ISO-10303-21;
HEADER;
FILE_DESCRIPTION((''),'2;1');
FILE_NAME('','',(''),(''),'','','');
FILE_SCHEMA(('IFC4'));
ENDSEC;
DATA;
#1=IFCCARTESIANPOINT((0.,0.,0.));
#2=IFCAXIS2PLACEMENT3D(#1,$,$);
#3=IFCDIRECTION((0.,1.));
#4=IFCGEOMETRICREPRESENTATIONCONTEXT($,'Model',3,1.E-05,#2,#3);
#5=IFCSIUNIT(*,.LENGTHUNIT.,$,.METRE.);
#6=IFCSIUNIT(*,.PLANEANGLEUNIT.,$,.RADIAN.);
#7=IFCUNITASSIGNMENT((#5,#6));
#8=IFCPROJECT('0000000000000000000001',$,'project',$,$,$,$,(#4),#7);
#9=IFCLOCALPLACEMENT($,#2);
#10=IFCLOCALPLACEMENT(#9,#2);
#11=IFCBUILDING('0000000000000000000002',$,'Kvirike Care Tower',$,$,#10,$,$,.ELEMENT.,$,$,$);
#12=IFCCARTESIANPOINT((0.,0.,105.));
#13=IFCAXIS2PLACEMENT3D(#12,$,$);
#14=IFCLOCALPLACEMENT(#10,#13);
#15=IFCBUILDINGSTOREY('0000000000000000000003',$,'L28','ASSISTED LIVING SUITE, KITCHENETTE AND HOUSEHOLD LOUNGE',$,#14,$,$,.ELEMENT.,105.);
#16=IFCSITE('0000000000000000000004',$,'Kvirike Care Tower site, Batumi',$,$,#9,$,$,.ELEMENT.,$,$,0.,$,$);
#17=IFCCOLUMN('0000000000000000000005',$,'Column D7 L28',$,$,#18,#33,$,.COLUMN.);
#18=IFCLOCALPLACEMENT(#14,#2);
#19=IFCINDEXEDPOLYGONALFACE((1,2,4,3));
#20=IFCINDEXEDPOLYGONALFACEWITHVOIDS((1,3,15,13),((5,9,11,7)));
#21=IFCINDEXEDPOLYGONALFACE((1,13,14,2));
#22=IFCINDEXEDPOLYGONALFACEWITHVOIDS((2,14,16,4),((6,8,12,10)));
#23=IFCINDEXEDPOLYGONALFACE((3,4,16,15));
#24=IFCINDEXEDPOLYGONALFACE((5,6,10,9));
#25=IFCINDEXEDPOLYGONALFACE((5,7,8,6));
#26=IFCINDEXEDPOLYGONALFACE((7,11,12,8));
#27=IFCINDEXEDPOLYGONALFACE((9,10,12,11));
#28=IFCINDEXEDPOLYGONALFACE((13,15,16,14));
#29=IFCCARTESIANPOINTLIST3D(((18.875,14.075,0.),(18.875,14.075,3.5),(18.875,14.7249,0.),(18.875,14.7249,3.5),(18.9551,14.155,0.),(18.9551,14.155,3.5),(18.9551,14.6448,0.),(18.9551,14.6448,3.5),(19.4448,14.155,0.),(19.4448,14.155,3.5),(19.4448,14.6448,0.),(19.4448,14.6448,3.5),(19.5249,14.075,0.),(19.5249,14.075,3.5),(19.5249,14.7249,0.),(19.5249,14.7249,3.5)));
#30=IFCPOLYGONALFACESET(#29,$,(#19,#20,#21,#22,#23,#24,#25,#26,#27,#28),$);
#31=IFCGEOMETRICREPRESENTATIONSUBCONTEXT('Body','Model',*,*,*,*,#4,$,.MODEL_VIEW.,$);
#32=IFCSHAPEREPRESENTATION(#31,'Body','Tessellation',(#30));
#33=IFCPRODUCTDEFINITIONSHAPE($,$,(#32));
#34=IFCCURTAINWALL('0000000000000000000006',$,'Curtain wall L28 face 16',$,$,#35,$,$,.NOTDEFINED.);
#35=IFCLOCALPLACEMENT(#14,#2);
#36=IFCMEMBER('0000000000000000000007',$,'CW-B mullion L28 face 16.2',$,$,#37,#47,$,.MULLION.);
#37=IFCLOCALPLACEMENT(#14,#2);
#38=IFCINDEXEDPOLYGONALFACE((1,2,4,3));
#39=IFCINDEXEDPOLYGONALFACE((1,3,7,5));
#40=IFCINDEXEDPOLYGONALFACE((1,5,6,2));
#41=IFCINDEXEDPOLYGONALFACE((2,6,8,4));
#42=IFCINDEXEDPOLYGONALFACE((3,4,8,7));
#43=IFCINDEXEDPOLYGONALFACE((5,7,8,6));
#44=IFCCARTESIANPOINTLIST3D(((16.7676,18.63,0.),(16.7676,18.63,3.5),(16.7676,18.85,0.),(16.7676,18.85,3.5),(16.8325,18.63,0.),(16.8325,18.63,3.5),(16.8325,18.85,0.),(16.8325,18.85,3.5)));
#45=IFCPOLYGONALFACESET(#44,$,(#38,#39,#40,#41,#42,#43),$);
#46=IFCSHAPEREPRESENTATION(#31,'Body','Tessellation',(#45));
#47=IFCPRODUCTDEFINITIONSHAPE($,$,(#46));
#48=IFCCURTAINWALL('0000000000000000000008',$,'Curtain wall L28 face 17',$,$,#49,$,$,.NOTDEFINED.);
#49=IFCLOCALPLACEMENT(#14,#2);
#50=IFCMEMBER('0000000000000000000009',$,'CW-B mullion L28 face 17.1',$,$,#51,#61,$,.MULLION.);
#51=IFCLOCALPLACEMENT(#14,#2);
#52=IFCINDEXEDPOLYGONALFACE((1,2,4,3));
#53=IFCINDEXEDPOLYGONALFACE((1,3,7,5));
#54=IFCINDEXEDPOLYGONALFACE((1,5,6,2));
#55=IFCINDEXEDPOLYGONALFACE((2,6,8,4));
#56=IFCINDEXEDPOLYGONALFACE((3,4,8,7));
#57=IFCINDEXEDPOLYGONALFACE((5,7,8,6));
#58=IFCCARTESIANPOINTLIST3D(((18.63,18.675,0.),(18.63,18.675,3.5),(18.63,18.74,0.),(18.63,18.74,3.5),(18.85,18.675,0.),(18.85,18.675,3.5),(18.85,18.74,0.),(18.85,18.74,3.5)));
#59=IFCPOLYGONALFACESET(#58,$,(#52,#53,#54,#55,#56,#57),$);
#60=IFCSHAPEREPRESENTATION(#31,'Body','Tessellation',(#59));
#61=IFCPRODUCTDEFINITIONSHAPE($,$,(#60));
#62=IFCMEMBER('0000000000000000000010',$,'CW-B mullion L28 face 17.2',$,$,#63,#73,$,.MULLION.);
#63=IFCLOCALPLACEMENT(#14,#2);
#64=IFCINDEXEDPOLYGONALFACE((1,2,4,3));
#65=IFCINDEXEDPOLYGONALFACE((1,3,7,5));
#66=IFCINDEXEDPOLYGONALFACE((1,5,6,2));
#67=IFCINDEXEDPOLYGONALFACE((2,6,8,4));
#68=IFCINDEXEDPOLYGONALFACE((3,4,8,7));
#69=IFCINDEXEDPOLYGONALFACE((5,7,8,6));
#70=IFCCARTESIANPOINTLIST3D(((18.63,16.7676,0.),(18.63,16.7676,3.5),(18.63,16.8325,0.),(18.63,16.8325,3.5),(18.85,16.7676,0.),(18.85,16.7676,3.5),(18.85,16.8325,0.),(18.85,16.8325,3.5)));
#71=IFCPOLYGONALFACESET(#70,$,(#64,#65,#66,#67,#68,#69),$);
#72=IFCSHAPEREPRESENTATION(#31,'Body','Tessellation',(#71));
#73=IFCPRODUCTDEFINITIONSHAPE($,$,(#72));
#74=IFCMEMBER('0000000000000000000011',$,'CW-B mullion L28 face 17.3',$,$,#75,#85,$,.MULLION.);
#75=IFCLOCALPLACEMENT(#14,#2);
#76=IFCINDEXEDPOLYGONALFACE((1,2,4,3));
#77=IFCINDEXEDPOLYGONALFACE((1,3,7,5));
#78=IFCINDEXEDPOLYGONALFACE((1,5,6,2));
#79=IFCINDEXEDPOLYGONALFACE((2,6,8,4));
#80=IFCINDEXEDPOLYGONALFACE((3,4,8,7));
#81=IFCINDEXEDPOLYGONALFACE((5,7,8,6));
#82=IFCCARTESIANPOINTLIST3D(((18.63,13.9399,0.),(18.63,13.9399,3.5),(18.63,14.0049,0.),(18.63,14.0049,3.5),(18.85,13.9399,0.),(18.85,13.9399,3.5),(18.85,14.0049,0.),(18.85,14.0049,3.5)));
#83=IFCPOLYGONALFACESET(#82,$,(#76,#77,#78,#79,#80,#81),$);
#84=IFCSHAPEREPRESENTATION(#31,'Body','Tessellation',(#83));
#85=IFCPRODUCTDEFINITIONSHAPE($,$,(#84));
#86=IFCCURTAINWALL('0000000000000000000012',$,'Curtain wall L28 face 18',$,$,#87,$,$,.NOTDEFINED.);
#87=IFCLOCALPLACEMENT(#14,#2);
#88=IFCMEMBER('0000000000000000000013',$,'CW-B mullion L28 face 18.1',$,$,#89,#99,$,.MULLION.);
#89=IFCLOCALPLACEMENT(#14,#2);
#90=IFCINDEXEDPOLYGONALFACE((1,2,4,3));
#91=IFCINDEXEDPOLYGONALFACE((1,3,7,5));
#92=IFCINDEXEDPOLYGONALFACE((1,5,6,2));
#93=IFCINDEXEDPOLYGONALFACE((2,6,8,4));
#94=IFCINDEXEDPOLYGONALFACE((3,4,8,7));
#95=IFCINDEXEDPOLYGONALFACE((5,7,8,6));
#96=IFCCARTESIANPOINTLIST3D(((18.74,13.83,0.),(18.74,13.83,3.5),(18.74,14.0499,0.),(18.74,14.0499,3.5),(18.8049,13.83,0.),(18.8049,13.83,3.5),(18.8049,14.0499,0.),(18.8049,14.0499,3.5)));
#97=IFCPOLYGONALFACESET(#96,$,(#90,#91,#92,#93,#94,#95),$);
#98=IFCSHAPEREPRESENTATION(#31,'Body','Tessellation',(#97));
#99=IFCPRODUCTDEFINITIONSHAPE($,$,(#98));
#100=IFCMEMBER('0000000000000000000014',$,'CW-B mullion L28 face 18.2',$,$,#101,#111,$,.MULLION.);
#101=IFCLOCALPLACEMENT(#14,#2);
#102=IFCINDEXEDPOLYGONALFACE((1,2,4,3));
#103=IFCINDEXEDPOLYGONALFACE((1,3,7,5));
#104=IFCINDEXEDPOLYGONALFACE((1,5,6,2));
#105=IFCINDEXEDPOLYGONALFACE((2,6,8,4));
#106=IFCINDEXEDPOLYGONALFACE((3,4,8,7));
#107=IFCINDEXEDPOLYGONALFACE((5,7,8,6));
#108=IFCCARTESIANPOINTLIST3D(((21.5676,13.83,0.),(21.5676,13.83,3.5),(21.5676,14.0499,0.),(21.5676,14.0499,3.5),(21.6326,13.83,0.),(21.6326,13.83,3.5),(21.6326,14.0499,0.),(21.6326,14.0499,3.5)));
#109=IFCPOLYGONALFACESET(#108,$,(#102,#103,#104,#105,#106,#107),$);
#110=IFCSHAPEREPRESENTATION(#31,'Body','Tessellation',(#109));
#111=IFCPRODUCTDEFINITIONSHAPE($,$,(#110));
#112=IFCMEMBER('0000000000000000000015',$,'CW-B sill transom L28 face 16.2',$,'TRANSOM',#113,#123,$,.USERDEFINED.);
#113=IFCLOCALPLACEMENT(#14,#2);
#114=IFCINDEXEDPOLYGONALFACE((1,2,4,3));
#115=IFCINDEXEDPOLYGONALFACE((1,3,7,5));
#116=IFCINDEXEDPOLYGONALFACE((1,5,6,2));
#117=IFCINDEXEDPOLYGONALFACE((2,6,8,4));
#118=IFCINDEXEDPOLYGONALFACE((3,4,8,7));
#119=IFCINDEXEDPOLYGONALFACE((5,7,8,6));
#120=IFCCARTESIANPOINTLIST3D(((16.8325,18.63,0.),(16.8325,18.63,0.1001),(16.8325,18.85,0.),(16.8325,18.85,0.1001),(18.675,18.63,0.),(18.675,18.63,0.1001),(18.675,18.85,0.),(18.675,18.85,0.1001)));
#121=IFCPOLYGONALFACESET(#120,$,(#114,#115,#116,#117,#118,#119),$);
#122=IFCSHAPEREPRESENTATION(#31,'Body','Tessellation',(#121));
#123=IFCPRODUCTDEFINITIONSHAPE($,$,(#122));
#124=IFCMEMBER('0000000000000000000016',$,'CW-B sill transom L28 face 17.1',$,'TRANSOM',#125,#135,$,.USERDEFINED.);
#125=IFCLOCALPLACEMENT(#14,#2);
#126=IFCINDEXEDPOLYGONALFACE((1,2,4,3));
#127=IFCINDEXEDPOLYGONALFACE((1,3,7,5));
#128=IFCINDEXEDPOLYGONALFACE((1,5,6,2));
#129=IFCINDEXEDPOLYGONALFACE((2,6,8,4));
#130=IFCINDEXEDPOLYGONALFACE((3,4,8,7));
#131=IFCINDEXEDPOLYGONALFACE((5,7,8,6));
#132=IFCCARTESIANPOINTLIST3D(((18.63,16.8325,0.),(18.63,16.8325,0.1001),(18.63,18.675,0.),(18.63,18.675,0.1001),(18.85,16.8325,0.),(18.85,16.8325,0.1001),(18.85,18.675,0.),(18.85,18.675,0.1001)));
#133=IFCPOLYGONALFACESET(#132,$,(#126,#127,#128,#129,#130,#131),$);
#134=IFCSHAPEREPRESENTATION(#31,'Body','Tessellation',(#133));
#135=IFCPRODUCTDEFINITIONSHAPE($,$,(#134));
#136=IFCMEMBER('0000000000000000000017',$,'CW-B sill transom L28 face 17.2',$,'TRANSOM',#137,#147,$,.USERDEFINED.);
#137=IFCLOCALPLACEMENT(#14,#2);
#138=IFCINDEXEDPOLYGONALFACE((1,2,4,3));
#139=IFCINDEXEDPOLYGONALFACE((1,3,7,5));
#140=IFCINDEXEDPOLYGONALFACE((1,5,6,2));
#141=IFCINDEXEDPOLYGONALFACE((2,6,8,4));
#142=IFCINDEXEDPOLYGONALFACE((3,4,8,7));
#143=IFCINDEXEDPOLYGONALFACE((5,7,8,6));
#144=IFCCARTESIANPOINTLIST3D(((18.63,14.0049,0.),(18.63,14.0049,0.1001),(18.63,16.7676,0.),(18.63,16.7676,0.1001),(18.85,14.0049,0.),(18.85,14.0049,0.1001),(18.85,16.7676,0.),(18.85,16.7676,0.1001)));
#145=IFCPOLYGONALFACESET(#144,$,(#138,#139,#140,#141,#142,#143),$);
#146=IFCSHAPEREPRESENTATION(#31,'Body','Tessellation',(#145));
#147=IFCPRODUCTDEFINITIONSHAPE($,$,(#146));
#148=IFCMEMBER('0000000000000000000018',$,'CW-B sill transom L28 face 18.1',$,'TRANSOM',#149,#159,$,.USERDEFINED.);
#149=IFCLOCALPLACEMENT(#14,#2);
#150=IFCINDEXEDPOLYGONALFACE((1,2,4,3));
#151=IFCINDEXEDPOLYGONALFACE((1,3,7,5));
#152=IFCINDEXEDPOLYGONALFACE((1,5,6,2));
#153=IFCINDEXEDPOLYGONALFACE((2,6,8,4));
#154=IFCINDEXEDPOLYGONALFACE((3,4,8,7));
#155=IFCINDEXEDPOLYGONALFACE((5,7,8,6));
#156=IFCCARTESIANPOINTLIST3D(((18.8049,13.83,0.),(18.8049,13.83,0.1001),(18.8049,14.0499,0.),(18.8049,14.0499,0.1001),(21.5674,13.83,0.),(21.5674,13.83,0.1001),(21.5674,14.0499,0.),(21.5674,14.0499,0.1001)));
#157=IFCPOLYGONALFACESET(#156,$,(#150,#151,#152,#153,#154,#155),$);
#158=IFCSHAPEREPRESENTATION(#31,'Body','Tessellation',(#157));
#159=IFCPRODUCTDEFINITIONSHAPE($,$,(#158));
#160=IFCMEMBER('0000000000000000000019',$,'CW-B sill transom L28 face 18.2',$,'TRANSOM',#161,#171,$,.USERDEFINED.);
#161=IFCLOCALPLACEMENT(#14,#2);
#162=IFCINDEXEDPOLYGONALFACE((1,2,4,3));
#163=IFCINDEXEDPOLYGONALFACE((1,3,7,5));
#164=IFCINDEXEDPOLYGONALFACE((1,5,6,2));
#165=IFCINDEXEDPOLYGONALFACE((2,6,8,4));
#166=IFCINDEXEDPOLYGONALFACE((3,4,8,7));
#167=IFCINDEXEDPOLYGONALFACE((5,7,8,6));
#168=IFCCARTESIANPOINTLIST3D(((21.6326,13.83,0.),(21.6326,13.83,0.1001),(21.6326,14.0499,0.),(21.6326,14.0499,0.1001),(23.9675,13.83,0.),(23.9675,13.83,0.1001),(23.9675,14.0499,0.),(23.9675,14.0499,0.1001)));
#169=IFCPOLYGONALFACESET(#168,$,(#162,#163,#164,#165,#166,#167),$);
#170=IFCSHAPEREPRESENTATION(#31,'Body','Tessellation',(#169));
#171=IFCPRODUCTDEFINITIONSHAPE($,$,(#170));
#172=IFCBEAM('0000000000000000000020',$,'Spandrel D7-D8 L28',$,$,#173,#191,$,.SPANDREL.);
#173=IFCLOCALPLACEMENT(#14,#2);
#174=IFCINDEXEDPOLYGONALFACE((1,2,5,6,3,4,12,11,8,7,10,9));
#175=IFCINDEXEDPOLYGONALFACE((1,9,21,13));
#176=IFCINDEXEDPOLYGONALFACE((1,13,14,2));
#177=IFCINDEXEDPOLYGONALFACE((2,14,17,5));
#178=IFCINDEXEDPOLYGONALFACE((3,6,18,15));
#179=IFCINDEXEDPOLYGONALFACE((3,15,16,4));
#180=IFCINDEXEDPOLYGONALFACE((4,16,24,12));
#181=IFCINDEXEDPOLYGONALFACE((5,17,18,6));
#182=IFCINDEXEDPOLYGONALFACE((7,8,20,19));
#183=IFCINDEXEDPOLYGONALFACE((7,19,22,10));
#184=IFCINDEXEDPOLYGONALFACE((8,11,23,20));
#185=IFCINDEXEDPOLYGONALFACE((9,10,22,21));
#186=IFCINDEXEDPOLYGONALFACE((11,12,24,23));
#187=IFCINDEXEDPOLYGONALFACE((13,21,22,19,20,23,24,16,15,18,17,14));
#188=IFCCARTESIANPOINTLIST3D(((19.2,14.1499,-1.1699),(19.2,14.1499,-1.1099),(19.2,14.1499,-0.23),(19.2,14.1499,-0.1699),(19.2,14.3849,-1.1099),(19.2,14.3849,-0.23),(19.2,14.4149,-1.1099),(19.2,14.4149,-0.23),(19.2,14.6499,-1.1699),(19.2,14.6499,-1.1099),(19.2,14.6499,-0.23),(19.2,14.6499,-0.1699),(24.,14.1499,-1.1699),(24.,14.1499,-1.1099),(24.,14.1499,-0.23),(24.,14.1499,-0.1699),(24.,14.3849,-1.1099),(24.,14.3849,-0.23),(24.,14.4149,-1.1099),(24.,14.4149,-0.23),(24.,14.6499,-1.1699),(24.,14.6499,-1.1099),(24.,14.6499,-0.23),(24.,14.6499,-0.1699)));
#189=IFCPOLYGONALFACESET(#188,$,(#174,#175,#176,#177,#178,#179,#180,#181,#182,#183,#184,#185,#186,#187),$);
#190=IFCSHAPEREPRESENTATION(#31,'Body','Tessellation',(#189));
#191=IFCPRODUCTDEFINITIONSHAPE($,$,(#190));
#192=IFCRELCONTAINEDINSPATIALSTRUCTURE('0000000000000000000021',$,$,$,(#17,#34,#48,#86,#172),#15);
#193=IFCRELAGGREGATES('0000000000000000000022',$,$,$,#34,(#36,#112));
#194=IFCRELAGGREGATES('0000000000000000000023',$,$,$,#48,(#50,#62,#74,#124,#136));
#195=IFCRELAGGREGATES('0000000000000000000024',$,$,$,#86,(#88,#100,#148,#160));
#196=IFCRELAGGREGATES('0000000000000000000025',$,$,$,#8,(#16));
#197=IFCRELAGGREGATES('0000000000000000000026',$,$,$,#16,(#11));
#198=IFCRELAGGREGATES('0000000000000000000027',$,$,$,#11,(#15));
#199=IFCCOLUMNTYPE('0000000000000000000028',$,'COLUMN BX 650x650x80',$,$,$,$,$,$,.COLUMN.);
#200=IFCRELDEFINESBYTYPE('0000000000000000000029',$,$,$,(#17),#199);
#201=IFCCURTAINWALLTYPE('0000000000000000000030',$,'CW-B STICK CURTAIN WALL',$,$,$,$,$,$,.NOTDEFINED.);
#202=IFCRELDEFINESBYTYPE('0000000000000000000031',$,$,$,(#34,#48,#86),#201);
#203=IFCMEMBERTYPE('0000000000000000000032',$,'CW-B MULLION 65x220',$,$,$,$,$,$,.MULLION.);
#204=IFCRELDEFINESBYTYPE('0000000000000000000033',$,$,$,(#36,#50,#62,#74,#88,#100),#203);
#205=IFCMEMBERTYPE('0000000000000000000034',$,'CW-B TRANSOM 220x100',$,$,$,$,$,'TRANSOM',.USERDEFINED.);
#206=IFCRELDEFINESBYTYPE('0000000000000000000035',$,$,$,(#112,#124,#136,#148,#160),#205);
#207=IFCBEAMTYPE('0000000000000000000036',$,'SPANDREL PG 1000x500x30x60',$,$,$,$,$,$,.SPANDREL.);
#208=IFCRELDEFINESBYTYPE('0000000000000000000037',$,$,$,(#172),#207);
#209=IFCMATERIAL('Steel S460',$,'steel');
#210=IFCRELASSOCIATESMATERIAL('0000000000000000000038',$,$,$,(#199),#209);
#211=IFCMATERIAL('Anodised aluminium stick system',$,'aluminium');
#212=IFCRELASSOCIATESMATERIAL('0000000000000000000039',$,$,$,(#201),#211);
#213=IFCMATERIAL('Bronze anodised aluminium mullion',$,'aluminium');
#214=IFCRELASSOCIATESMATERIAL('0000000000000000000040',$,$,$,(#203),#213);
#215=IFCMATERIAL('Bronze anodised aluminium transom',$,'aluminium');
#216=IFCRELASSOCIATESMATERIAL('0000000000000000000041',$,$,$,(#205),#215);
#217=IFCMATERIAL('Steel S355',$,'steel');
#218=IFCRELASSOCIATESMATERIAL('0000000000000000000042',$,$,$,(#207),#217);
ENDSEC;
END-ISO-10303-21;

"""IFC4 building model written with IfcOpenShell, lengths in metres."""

from ifc_helpers import new_model, si_unit, direction, frame, origin, origin_2d, place, context, subcontext, project, spatial, rectangle, hollow_rectangle, i_section, extrude, material, material_profile, profile_set, type_object, element, aggregate, save


model = new_model("IFC4")

# Units and contexts
model_context = context("Model", 3, precision=1e-05, world=origin(), true_north=direction((0.0, 1.0)))
body_context = subcontext(model_context, "Body", "Model", "MODEL_VIEW")
ifc_project = project(units=[si_unit("LENGTHUNIT", "METRE"), si_unit("PLANEANGLEUNIT", "RADIAN")], contexts=[model_context])

# Site, building, storey
site_placement = place(None, origin())
site = spatial("IfcSite", under=ifc_project, at=site_placement, Name="Kvirike Care Tower site, Batumi", CompositionType="ELEMENT", RefElevation=0.0)
building_placement = place(site_placement, origin())
building = spatial("IfcBuilding", under=site, at=building_placement, Name="Kvirike Care Tower", CompositionType="ELEMENT")
storey_placement = place(building_placement, frame((0.0, 0.0, 105.0)))
storey = spatial("IfcBuildingStorey", under=building, at=storey_placement, Name="L28", Description="ASSISTED LIVING SUITE, KITCHENETTE AND HOUSEHOLD LOUNGE", CompositionType="ELEMENT", Elevation=105.0)

# Column
ifc_material_1 = material(Name="Steel S460", Category="steel")
ifc_material_profile_1 = material_profile(ifc_material_1, hollow_rectangle(XDim=0.6499, YDim=0.6499, WallThickness=0.0801, at=origin_2d()), Name="BX 650x650x80")
ifc_profile_set_1 = profile_set([ifc_material_profile_1], Name="Steel S460")
column_type = type_object("IfcColumnType", Name="COLUMN BX 650x650x80", PredefinedType="COLUMN", material=ifc_profile_set_1)
column_placement = place(storey_placement, frame((19.2, 14.3999, 0.0), z_axis=(0.0, 0.0, 1.0), x_axis=(0.0, 1.0, 0.0)))
element("IfcColumn", 1, at=column_placement, inside=storey, type_object=column_type, Name="Column D7 L28", PredefinedType="COLUMN", context=body_context, shape_type="SweptSolid", body=[
    extrude(hollow_rectangle(XDim=0.6499, YDim=0.6499, WallThickness=0.0801, at=origin_2d()), origin(), (0.0, 0.0, 1.0), 3.5),
])

# Curtain wall, member
ifc_material_2 = material(Name="Anodised aluminium stick system", Category="aluminium")
curtain_wall_type = type_object("IfcCurtainWallType", Name="CW-B STICK CURTAIN WALL", PredefinedType="NOTDEFINED", material=ifc_material_2)
curtain_wall_1_placement = place(storey_placement, origin())
curtain_wall_1 = element("IfcCurtainWall", 2, at=curtain_wall_1_placement, inside=storey, type_object=curtain_wall_type, Name="Curtain wall L28 face 16", PredefinedType="NOTDEFINED")
ifc_material_3 = material(Name="Bronze anodised aluminium mullion", Category="aluminium")
ifc_material_profile_2 = material_profile(ifc_material_3, rectangle(XDim=0.0649, YDim=0.22, at=origin_2d()), Name="CW-B MULLION 65x220")
ifc_profile_set_2 = profile_set([ifc_material_profile_2], Name="Bronze anodised aluminium mullion")
member_type_1 = type_object("IfcMemberType", Name="CW-B MULLION 65x220", PredefinedType="MULLION", material=ifc_profile_set_2)
member_1_placement = place(storey_placement, frame((16.8, 18.74, 0.0), z_axis=(0.0, 0.0, 1.0), x_axis=(1.0, 0.0, 0.0)))
member_1 = element("IfcMember", 3, at=member_1_placement, type_object=member_type_1, Name="CW-B mullion L28 face 16.2", PredefinedType="MULLION", context=body_context, shape_type="SweptSolid", body=[
    extrude(rectangle(XDim=0.0649, YDim=0.22, at=origin_2d()), origin(), (0.0, 0.0, 1.0), 3.5),
])

# Curtain walls, members
curtain_wall_2_placement = place(storey_placement, origin())
curtain_wall_2 = element("IfcCurtainWall", 4, at=curtain_wall_2_placement, inside=storey, type_object=curtain_wall_type, Name="Curtain wall L28 face 17", PredefinedType="NOTDEFINED")
member_2_placement = place(storey_placement, frame((18.74, 18.7075, 0.0), z_axis=(0.0, 0.0, 1.0), x_axis=(0.0, -1.0, 0.0)))
member_2 = element("IfcMember", 5, at=member_2_placement, type_object=member_type_1, Name="CW-B mullion L28 face 17.1", PredefinedType="MULLION", context=body_context, shape_type="SweptSolid", body=[
    extrude(rectangle(XDim=0.0649, YDim=0.22, at=origin_2d()), origin(), (0.0, 0.0, 1.0), 3.5),
])
member_3_placement = place(storey_placement, frame((18.74, 16.8, 0.0), z_axis=(0.0, 0.0, 1.0), x_axis=(0.0, -1.0, 0.0)))
member_3 = element("IfcMember", 6, at=member_3_placement, type_object=member_type_1, Name="CW-B mullion L28 face 17.2", PredefinedType="MULLION", context=body_context, shape_type="SweptSolid", body=[
    extrude(rectangle(XDim=0.0649, YDim=0.22, at=origin_2d()), origin(), (0.0, 0.0, 1.0), 3.5),
])
member_4_placement = place(storey_placement, frame((18.74, 13.9724, 0.0), z_axis=(0.0, 0.0, 1.0), x_axis=(0.0, -1.0, 0.0)))
member_4 = element("IfcMember", 7, at=member_4_placement, type_object=member_type_1, Name="CW-B mullion L28 face 17.3", PredefinedType="MULLION", context=body_context, shape_type="SweptSolid", body=[
    extrude(rectangle(XDim=0.0649, YDim=0.22, at=origin_2d()), origin(), (0.0, 0.0, 1.0), 3.5),
])
curtain_wall_3_placement = place(storey_placement, origin())
curtain_wall_3 = element("IfcCurtainWall", 8, at=curtain_wall_3_placement, inside=storey, type_object=curtain_wall_type, Name="Curtain wall L28 face 18", PredefinedType="NOTDEFINED")
member_5_placement = place(storey_placement, frame((18.7725, 13.9399, 0.0), z_axis=(0.0, 0.0, 1.0), x_axis=(1.0, 0.0, 0.0)))
member_5 = element("IfcMember", 9, at=member_5_placement, type_object=member_type_1, Name="CW-B mullion L28 face 18.1", PredefinedType="MULLION", context=body_context, shape_type="SweptSolid", body=[
    extrude(rectangle(XDim=0.0649, YDim=0.22, at=origin_2d()), origin(), (0.0, 0.0, 1.0), 3.5),
])
member_6_placement = place(storey_placement, frame((21.6001, 13.9399, 0.0), z_axis=(0.0, 0.0, 1.0), x_axis=(1.0, 0.0, 0.0)))
member_6 = element("IfcMember", 10, at=member_6_placement, type_object=member_type_1, Name="CW-B mullion L28 face 18.2", PredefinedType="MULLION", context=body_context, shape_type="SweptSolid", body=[
    extrude(rectangle(XDim=0.0649, YDim=0.22, at=origin_2d()), origin(), (0.0, 0.0, 1.0), 3.5),
])

# Members
ifc_material_4 = material(Name="Bronze anodised aluminium transom", Category="aluminium")
ifc_material_profile_3 = material_profile(ifc_material_4, rectangle(XDim=0.22, YDim=0.1001, at=origin_2d()), Name="CW-B TRANSOM 220x100")
ifc_profile_set_3 = profile_set([ifc_material_profile_3], Name="Bronze anodised aluminium transom")
member_type_2 = type_object("IfcMemberType", Name="CW-B TRANSOM 220x100", ElementType="TRANSOM", PredefinedType="USERDEFINED", material=ifc_profile_set_3)
member_7_placement = place(storey_placement, frame((16.8325, 18.74, 0.05), z_axis=(1.0, 0.0, 0.0), x_axis=(0.0, 1.0, 0.0)))
member_7 = element("IfcMember", 11, at=member_7_placement, type_object=member_type_2, Name="CW-B sill transom L28 face 16.2", ObjectType="TRANSOM", PredefinedType="USERDEFINED", context=body_context, shape_type="SweptSolid", body=[
    extrude(rectangle(XDim=0.22, YDim=0.1001, at=origin_2d()), origin(), (0.0, 0.0, 1.0), 1.8425),
])
member_8_placement = place(storey_placement, frame((18.74, 18.675, 0.05), z_axis=(0.0, -1.0, 0.0), x_axis=(1.0, 0.0, 0.0)))
member_8 = element("IfcMember", 12, at=member_8_placement, type_object=member_type_2, Name="CW-B sill transom L28 face 17.1", ObjectType="TRANSOM", PredefinedType="USERDEFINED", context=body_context, shape_type="SweptSolid", body=[
    extrude(rectangle(XDim=0.22, YDim=0.1001, at=origin_2d()), origin(), (0.0, 0.0, 1.0), 1.8425),
])
member_9_placement = place(storey_placement, frame((18.74, 16.7676, 0.05), z_axis=(0.0, -1.0, 0.0), x_axis=(1.0, 0.0, 0.0)))
member_9 = element("IfcMember", 13, at=member_9_placement, type_object=member_type_2, Name="CW-B sill transom L28 face 17.2", ObjectType="TRANSOM", PredefinedType="USERDEFINED", context=body_context, shape_type="SweptSolid", body=[
    extrude(rectangle(XDim=0.22, YDim=0.1001, at=origin_2d()), origin(), (0.0, 0.0, 1.0), 2.7627),
])
member_10_placement = place(storey_placement, frame((18.8049, 13.9399, 0.05), z_axis=(1.0, 0.0, 0.0), x_axis=(0.0, 1.0, 0.0)))
member_10 = element("IfcMember", 14, at=member_10_placement, type_object=member_type_2, Name="CW-B sill transom L28 face 18.1", ObjectType="TRANSOM", PredefinedType="USERDEFINED", context=body_context, shape_type="SweptSolid", body=[
    extrude(rectangle(XDim=0.22, YDim=0.1001, at=origin_2d()), origin(), (0.0, 0.0, 1.0), 2.7625),
])
member_11_placement = place(storey_placement, frame((21.6326, 13.9399, 0.05), z_axis=(1.0, 0.0, 0.0), x_axis=(0.0, 1.0, 0.0)))
member_11 = element("IfcMember", 15, at=member_11_placement, type_object=member_type_2, Name="CW-B sill transom L28 face 18.2", ObjectType="TRANSOM", PredefinedType="USERDEFINED", context=body_context, shape_type="SweptSolid", body=[
    extrude(rectangle(XDim=0.22, YDim=0.1001, at=origin_2d()), origin(), (0.0, 0.0, 1.0), 2.335),
])

# Beam
ifc_material_5 = material(Name="Steel S355", Category="steel")
ifc_material_profile_4 = material_profile(ifc_material_5, i_section(OverallWidth=0.5, OverallDepth=1.0, WebThickness=0.03, FlangeThickness=0.0601, at=origin_2d()), Name="PG 1000x500x30x60")
ifc_profile_set_4 = profile_set([ifc_material_profile_4], Name="Steel S355")
beam_type = type_object("IfcBeamType", Name="SPANDREL PG 1000x500x30x60", PredefinedType="SPANDREL", material=ifc_profile_set_4)
for number, where, z_axis, x_axis, name in (
    (16, (19.2, 14.3999, -0.6699), (1.0, 0.0, 0.0), (0.0, 1.0, 0.0), "Spandrel D7-D8 L28"),
):
    element("IfcBeam", number, at=place(storey_placement, frame(where, z_axis=z_axis, x_axis=x_axis)), inside=storey, type_object=beam_type, Name=name, PredefinedType="SPANDREL", context=body_context, shape_type="SweptSolid", body=[
        extrude(i_section(OverallWidth=0.5, OverallDepth=1.0, WebThickness=0.03, FlangeThickness=0.0601, at=origin_2d()), origin(), (0.0, 0.0, 1.0), 4.8),
    ])

aggregate(curtain_wall_1, [member_1, member_7])
aggregate(curtain_wall_2, [member_2, member_3, member_4, member_8, member_9])
aggregate(curtain_wall_3, [member_5, member_6, member_10, member_11])

save(model, "model.ifc")
